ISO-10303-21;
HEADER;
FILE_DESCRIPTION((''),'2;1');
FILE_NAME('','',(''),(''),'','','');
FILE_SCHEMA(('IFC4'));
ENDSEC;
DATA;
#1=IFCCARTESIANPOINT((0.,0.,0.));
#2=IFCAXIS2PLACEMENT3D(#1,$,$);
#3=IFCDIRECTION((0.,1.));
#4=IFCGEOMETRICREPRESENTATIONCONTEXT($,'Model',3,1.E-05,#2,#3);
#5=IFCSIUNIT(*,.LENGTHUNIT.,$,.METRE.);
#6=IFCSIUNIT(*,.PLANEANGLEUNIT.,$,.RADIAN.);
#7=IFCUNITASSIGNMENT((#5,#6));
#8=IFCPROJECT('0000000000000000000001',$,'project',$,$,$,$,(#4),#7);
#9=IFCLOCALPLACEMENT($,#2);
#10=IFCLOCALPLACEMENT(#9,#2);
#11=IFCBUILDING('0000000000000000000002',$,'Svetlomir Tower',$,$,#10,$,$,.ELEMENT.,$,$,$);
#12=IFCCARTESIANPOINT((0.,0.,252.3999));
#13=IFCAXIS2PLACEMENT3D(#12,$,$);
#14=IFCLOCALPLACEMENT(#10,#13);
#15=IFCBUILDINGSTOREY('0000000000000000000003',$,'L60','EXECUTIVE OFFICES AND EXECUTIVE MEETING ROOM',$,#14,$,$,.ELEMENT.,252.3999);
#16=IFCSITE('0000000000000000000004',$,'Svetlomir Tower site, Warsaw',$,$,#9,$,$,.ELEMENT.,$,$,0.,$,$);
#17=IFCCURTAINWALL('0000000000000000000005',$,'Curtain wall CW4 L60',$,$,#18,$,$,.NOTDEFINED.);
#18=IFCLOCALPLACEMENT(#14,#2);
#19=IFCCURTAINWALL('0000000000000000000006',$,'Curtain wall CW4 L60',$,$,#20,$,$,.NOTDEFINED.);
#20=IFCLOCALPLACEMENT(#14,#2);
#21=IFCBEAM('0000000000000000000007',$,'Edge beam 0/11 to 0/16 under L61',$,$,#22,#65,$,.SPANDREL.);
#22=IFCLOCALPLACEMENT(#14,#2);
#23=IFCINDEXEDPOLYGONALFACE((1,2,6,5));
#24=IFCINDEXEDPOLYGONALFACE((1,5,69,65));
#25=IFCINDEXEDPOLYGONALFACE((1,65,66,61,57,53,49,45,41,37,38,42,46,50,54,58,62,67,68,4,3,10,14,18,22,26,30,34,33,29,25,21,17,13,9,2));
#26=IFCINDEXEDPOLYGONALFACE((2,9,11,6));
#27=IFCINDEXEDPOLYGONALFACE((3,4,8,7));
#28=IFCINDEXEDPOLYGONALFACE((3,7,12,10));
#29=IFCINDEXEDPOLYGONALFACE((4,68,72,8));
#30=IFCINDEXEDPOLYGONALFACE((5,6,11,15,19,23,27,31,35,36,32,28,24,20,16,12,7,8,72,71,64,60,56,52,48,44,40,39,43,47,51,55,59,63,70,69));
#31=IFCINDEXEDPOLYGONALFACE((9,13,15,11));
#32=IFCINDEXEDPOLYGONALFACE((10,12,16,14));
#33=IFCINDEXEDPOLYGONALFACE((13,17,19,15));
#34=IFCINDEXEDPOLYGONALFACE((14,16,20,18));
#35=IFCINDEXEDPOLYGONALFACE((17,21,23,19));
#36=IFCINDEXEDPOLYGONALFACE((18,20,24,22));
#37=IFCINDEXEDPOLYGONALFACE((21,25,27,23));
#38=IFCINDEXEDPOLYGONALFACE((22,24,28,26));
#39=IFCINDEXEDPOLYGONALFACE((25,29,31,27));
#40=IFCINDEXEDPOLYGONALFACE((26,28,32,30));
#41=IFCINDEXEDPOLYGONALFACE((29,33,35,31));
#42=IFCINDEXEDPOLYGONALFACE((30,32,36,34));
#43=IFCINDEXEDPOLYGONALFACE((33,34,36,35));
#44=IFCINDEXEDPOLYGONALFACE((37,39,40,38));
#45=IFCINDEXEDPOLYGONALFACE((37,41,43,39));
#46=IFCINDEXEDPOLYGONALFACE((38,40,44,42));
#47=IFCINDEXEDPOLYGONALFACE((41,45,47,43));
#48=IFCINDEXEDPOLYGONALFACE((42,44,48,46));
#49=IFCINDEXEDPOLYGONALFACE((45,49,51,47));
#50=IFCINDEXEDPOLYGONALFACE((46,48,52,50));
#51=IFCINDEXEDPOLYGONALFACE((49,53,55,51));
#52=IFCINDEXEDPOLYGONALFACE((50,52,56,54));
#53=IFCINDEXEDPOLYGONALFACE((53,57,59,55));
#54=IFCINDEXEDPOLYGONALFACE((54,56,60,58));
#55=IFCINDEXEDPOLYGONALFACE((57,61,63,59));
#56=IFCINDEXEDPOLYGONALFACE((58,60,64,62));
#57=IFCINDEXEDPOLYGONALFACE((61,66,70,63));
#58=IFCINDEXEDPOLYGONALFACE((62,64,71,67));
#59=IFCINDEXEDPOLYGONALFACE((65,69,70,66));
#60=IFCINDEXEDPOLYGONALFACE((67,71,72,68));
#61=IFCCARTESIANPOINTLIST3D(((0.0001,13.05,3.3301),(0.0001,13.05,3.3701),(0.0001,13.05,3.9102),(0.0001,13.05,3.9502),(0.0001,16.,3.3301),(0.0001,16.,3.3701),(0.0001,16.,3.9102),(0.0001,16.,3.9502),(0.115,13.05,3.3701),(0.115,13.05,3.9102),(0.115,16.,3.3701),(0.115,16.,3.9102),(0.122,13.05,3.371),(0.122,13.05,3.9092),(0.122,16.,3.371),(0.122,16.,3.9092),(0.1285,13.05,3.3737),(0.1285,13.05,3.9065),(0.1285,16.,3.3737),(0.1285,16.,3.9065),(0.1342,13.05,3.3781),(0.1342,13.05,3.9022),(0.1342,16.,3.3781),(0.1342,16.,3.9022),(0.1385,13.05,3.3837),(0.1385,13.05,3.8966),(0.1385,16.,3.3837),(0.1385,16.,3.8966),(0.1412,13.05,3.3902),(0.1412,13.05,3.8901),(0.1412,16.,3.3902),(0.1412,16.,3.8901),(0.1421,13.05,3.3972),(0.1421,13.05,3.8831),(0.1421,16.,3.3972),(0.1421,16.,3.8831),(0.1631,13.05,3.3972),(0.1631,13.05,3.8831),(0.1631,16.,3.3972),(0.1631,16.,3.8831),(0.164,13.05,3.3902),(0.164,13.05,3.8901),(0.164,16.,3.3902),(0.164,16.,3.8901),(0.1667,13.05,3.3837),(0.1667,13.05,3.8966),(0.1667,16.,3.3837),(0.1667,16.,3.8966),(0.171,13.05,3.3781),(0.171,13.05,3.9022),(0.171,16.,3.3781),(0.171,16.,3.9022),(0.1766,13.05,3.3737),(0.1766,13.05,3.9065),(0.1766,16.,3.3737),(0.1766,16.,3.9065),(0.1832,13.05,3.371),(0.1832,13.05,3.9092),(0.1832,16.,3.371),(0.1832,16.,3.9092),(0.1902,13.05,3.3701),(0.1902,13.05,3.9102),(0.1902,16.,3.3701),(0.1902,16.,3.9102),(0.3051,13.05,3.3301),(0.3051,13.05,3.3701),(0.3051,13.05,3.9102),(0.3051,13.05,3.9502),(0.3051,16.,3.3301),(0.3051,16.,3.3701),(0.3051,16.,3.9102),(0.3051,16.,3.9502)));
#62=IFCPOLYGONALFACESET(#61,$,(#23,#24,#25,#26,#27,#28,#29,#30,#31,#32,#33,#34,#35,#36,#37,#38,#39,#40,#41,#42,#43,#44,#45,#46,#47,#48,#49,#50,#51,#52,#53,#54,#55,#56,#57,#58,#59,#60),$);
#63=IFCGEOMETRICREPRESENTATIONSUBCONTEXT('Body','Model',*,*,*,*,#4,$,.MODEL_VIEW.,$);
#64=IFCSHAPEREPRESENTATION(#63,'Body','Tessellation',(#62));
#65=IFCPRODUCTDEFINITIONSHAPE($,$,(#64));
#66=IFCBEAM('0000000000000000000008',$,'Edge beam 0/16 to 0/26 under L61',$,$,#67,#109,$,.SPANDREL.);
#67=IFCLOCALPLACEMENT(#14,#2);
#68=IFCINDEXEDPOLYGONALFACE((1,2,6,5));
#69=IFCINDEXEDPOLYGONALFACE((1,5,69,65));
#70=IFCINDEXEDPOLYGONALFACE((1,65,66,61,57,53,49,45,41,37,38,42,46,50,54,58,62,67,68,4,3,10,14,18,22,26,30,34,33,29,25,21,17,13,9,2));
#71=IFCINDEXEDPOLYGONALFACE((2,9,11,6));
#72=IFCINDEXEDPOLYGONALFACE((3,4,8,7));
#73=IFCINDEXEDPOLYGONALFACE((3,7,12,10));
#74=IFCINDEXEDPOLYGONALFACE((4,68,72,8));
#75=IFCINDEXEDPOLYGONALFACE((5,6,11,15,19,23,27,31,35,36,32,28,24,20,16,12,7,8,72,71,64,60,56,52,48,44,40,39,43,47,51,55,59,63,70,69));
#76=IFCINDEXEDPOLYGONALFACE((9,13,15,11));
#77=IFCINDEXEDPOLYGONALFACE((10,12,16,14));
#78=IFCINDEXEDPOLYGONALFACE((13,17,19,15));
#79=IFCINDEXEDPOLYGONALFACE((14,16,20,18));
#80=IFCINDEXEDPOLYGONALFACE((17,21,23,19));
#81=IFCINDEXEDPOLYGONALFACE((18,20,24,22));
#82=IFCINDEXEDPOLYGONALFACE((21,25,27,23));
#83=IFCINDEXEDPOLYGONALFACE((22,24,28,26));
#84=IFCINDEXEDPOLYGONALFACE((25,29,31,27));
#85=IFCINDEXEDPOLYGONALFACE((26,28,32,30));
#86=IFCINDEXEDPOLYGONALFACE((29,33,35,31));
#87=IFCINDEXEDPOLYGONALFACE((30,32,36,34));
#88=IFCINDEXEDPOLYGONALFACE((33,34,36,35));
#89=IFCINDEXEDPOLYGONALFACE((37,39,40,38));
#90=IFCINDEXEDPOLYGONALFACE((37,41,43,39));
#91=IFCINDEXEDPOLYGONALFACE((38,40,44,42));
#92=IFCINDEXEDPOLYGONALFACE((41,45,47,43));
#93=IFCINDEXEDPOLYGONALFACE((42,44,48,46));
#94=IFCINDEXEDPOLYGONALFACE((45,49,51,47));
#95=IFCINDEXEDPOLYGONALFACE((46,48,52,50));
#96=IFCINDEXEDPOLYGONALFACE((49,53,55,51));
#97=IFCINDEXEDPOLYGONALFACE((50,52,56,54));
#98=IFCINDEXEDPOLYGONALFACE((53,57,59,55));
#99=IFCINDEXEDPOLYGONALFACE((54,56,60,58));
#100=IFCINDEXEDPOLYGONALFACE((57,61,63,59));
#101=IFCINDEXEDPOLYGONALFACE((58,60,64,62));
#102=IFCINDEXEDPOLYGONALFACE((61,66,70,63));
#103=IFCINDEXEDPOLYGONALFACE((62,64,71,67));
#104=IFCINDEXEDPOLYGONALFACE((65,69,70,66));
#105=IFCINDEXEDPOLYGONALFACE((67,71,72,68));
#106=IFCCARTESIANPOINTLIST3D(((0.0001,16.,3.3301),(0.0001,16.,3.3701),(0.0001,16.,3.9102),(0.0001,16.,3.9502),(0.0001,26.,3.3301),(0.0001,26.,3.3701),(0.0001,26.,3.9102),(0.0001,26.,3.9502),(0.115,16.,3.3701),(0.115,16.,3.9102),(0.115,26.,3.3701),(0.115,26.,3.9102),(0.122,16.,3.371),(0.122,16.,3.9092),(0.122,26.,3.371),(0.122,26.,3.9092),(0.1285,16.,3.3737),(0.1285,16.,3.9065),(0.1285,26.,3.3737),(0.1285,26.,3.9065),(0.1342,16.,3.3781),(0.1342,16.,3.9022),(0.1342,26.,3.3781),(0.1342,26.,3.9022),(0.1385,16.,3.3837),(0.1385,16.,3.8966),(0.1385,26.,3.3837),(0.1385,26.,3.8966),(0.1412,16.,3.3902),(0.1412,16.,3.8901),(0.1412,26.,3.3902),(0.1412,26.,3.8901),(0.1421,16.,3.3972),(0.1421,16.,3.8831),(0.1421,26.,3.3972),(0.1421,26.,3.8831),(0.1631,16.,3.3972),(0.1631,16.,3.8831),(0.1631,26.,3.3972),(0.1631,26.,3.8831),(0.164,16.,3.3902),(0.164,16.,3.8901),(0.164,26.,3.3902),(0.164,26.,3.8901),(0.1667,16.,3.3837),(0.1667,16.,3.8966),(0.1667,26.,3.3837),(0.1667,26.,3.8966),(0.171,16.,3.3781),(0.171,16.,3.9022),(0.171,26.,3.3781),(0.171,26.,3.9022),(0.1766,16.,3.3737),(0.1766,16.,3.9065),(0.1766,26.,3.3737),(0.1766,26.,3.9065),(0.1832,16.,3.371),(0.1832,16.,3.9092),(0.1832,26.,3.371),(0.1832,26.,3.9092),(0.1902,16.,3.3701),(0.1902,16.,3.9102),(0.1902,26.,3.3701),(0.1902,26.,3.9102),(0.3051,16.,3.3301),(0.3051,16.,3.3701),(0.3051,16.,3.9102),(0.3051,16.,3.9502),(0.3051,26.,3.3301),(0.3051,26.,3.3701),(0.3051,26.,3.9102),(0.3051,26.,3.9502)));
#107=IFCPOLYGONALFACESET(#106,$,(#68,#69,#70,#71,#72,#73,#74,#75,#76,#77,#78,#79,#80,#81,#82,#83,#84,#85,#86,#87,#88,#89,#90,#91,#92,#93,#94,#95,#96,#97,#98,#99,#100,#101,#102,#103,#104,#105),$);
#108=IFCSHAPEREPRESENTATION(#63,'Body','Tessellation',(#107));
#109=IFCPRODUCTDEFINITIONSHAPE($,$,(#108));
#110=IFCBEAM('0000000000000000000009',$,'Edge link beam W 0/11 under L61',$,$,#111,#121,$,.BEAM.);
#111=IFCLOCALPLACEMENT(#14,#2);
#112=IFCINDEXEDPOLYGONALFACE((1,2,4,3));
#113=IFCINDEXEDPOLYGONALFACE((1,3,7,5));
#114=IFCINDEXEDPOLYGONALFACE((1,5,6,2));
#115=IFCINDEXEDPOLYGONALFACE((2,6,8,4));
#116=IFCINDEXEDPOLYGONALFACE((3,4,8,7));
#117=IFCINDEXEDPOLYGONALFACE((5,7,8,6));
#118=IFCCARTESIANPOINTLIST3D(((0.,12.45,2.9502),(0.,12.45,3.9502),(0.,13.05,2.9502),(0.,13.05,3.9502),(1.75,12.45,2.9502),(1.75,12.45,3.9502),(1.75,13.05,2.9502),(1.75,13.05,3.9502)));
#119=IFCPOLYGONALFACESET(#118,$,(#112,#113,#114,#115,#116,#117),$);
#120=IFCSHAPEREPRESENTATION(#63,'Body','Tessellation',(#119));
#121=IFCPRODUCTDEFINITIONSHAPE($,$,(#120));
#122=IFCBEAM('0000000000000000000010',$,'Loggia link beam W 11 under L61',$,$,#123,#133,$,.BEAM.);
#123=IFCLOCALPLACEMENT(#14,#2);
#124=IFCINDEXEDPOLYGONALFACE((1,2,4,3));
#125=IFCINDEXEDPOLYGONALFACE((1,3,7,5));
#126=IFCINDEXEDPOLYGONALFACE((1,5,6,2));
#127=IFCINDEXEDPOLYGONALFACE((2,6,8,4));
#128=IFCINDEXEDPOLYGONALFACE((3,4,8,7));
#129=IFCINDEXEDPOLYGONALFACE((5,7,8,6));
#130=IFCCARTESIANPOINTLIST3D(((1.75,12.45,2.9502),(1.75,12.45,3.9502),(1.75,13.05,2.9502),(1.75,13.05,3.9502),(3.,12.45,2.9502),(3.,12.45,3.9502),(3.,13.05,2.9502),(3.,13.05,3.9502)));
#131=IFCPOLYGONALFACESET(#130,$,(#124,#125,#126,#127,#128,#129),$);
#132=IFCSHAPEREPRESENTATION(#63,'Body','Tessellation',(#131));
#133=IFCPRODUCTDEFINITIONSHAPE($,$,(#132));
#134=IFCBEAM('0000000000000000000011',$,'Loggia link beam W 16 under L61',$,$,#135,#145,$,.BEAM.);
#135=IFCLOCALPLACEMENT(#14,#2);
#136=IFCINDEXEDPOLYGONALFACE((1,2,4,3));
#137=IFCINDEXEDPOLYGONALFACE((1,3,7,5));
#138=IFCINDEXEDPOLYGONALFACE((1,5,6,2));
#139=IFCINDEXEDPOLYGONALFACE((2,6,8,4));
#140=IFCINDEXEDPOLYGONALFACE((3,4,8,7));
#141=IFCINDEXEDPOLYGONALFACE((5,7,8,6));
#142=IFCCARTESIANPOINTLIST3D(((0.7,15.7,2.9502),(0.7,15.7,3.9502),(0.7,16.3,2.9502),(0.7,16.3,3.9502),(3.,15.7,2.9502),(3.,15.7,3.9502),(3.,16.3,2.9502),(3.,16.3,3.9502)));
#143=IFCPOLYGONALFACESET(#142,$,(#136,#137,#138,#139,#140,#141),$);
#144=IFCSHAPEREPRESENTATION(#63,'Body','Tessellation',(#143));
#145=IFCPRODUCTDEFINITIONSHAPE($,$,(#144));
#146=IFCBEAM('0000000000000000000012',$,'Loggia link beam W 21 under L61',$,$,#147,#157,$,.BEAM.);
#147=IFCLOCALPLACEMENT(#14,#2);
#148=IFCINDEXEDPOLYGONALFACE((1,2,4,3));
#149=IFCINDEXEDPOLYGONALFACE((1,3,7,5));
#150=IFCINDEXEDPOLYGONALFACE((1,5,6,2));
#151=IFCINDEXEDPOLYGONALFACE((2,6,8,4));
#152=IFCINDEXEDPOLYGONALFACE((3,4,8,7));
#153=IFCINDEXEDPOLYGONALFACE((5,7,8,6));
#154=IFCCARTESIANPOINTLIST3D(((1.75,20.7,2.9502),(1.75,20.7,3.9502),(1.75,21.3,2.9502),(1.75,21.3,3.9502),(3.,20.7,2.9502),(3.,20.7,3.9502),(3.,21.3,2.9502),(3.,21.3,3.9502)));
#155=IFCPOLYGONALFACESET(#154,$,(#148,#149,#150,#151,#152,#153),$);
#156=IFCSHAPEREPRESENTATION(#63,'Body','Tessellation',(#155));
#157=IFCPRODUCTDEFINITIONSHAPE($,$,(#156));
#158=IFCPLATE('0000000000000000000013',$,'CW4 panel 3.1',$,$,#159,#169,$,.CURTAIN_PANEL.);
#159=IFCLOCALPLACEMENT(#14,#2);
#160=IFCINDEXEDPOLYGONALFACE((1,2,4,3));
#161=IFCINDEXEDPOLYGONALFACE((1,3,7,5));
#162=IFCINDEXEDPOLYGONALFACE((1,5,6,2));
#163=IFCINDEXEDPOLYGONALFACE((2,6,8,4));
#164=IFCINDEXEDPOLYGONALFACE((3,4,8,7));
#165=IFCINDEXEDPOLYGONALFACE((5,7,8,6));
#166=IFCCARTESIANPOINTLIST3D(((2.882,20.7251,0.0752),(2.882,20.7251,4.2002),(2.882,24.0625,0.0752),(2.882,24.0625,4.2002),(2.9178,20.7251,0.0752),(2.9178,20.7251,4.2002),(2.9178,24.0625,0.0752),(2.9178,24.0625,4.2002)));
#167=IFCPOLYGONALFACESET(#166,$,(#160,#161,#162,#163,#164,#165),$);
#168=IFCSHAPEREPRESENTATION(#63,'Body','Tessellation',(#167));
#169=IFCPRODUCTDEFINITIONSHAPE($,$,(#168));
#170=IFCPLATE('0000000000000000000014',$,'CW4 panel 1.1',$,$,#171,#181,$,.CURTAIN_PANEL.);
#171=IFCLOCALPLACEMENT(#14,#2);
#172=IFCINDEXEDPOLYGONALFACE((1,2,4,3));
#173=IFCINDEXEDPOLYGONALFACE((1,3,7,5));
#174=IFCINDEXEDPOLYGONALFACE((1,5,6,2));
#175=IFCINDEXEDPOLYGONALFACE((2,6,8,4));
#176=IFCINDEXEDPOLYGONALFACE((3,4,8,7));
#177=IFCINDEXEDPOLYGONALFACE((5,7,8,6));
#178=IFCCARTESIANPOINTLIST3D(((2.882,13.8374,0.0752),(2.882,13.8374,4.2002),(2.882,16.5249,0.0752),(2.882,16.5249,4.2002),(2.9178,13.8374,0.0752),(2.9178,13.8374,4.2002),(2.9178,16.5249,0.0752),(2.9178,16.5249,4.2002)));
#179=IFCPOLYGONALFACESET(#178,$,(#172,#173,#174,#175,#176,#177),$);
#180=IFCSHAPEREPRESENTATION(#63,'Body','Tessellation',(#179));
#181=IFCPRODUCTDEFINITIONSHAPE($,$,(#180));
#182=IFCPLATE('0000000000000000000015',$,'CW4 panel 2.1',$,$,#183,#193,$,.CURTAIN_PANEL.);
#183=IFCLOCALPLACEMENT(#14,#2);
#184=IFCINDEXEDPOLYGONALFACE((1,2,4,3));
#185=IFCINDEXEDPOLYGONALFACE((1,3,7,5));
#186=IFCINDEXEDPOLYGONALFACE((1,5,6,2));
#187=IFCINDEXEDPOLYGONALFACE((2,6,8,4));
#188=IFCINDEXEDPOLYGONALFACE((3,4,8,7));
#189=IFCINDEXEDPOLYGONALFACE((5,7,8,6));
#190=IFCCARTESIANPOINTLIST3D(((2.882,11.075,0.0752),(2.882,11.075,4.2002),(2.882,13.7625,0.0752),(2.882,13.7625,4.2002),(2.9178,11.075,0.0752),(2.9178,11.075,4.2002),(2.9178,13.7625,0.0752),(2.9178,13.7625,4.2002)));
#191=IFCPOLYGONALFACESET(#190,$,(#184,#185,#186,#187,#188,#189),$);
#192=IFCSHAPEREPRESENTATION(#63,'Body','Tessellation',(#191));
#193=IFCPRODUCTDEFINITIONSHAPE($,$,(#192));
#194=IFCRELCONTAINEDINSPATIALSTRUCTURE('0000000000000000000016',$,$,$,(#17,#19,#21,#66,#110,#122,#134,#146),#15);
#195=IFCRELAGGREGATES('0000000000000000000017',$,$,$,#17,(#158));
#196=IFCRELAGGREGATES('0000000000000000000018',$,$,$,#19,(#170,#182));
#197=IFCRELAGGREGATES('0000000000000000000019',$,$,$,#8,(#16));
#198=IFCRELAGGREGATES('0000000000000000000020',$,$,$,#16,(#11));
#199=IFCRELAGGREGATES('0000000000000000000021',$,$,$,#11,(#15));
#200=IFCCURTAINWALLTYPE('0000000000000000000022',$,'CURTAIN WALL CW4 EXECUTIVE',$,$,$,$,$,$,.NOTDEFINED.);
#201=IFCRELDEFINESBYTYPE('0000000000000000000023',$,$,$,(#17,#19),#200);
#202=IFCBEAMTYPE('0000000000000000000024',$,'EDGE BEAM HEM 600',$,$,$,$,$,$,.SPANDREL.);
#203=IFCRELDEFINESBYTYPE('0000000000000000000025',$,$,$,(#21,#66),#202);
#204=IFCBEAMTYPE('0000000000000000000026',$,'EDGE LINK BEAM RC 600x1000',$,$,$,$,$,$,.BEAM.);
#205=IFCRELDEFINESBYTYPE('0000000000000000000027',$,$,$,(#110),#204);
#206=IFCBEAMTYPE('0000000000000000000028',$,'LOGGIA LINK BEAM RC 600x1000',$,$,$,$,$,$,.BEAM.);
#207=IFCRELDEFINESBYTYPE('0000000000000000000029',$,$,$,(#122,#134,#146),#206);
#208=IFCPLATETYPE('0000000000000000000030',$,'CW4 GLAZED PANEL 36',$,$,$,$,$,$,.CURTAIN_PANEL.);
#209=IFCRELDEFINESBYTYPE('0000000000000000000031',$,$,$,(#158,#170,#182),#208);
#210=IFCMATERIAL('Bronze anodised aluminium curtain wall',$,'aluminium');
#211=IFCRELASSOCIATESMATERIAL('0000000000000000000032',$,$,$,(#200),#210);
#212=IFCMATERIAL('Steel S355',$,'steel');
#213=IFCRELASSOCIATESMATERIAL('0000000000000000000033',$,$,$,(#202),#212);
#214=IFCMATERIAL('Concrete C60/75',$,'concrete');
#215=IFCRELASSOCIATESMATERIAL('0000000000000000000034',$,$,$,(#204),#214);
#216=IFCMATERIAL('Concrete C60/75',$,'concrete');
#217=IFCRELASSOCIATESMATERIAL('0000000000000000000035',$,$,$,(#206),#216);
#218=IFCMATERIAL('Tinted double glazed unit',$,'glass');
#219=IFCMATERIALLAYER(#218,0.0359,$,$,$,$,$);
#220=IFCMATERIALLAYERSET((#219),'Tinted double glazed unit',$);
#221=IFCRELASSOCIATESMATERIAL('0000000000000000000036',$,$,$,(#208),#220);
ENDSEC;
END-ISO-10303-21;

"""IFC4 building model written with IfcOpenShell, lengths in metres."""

from ifc_helpers import new_model, si_unit, direction, frame, origin, origin_2d, place, context, subcontext, project, spatial, rectangle, i_section, extrude, material, layer, layer_set, material_profile, profile_set, type_object, element, aggregate, save


model = new_model("IFC4")

# Units and contexts
model_context = context("Model", 3, precision=1e-05, world=origin(), true_north=direction((0.0, 1.0)))
body_context = subcontext(model_context, "Body", "Model", "MODEL_VIEW")
ifc_project = project(units=[si_unit("LENGTHUNIT", "METRE"), si_unit("PLANEANGLEUNIT", "RADIAN")], contexts=[model_context])

# Site, building, storey
site_placement = place(None, origin())
site = spatial("IfcSite", under=ifc_project, at=site_placement, Name="Svetlomir Tower site, Warsaw", CompositionType="ELEMENT", RefElevation=0.0)
building_placement = place(site_placement, origin())
building = spatial("IfcBuilding", under=site, at=building_placement, Name="Svetlomir Tower", CompositionType="ELEMENT")
storey_placement = place(building_placement, frame((0.0, 0.0, 252.3999)))
storey = spatial("IfcBuildingStorey", under=building, at=storey_placement, Name="L60", Description="EXECUTIVE OFFICES AND EXECUTIVE MEETING ROOM", CompositionType="ELEMENT", Elevation=252.3999)

# Curtain walls
ifc_material_1 = material(Name="Bronze anodised aluminium curtain wall", Category="aluminium")
curtain_wall_type = type_object("IfcCurtainWallType", Name="CURTAIN WALL CW4 EXECUTIVE", PredefinedType="NOTDEFINED", material=ifc_material_1)
curtain_wall_1_placement = place(storey_placement, origin())
curtain_wall_1 = element("IfcCurtainWall", 1, at=curtain_wall_1_placement, inside=storey, type_object=curtain_wall_type, Name="Curtain wall CW4 L60", PredefinedType="NOTDEFINED")
curtain_wall_2_placement = place(storey_placement, origin())
curtain_wall_2 = element("IfcCurtainWall", 2, at=curtain_wall_2_placement, inside=storey, type_object=curtain_wall_type, Name="Curtain wall CW4 L60", PredefinedType="NOTDEFINED")

# Beams
ifc_material_2 = material(Name="Steel S355", Category="steel")
ifc_material_profile_1 = material_profile(ifc_material_2, i_section(OverallWidth=0.3049, OverallDepth=0.6201, WebThickness=0.021, FlangeThickness=0.04, FilletRadius=0.0271, at=origin_2d()), Name="HEM 600")
ifc_profile_set_1 = profile_set([ifc_material_profile_1], Name="Steel S355")
beam_type_1 = type_object("IfcBeamType", Name="EDGE BEAM HEM 600", PredefinedType="SPANDREL", material=ifc_profile_set_1)
beam_1_placement = place(storey_placement, frame((0.1526, 13.05, 3.6401), z_axis=(0.0, 1.0, 0.0), x_axis=(-1.0, 0.0, 0.0)))
element("IfcBeam", 3, at=beam_1_placement, inside=storey, type_object=beam_type_1, Name="Edge beam 0/11 to 0/16 under L61", PredefinedType="SPANDREL", context=body_context, shape_type="SweptSolid", body=[
    extrude(i_section(OverallWidth=0.3049, OverallDepth=0.6201, WebThickness=0.021, FlangeThickness=0.04, FilletRadius=0.0271, at=origin_2d()), origin(), (0.0, 0.0, 1.0), 2.95),
])
beam_2_placement = place(storey_placement, frame((0.1526, 16.0, 3.6401), z_axis=(0.0, 1.0, 0.0), x_axis=(-1.0, 0.0, 0.0)))
element("IfcBeam", 4, at=beam_2_placement, inside=storey, type_object=beam_type_1, Name="Edge beam 0/16 to 0/26 under L61", PredefinedType="SPANDREL", context=body_context, shape_type="SweptSolid", body=[
    extrude(i_section(OverallWidth=0.3049, OverallDepth=0.6201, WebThickness=0.021, FlangeThickness=0.04, FilletRadius=0.0271, at=origin_2d()), origin(), (0.0, 0.0, 1.0), 10.0),
])
ifc_material_3 = material(Name="Concrete C60/75", Category="concrete")
ifc_material_profile_2 = material_profile(ifc_material_3, rectangle(XDim=0.6001, YDim=1.0, at=origin_2d()), Name="RC 600x1000")
ifc_profile_set_2 = profile_set([ifc_material_profile_2], Name="Concrete C60/75")
beam_type_2 = type_object("IfcBeamType", Name="EDGE LINK BEAM RC 600x1000", PredefinedType="BEAM", material=ifc_profile_set_2)
beam_3_placement = place(storey_placement, frame((1.75, 12.75, 3.4502), z_axis=(-1.0, 0.0, 0.0), x_axis=(0.0, -1.0, 0.0)))
element("IfcBeam", 5, at=beam_3_placement, inside=storey, type_object=beam_type_2, Name="Edge link beam W 0/11 under L61", PredefinedType="BEAM", context=body_context, shape_type="SweptSolid", body=[
    extrude(rectangle(XDim=0.6001, YDim=1.0, at=origin_2d()), origin(), (0.0, 0.0, 1.0), 1.75),
])
ifc_material_4 = material(Name="Concrete C60/75", Category="concrete")
ifc_material_profile_3 = material_profile(ifc_material_4, rectangle(XDim=0.6001, YDim=1.0, at=origin_2d()), Name="RC 600x1000")
ifc_profile_set_3 = profile_set([ifc_material_profile_3], Name="Concrete C60/75")
beam_type_3 = type_object("IfcBeamType", Name="LOGGIA LINK BEAM RC 600x1000", PredefinedType="BEAM", material=ifc_profile_set_3)
beam_4_placement = place(storey_placement, frame((1.75, 12.75, 3.4502), z_axis=(1.0, 0.0, 0.0), x_axis=(0.0, 1.0, 0.0)))
element("IfcBeam", 6, at=beam_4_placement, inside=storey, type_object=beam_type_3, Name="Loggia link beam W 11 under L61", PredefinedType="BEAM", context=body_context, shape_type="SweptSolid", body=[
    extrude(rectangle(XDim=0.6001, YDim=1.0, at=origin_2d()), origin(), (0.0, 0.0, 1.0), 1.25),
])
beam_5_placement = place(storey_placement, frame((0.7, 16.0, 3.4502), z_axis=(1.0, 0.0, 0.0), x_axis=(0.0, 1.0, 0.0)))
element("IfcBeam", 7, at=beam_5_placement, inside=storey, type_object=beam_type_3, Name="Loggia link beam W 16 under L61", PredefinedType="BEAM", context=body_context, shape_type="SweptSolid", body=[
    extrude(rectangle(XDim=0.6001, YDim=1.0, at=origin_2d()), origin(), (0.0, 0.0, 1.0), 2.3),
])
beam_6_placement = place(storey_placement, frame((1.75, 21.0, 3.4502), z_axis=(1.0, 0.0, 0.0), x_axis=(0.0, 1.0, 0.0)))
element("IfcBeam", 8, at=beam_6_placement, inside=storey, type_object=beam_type_3, Name="Loggia link beam W 21 under L61", PredefinedType="BEAM", context=body_context, shape_type="SweptSolid", body=[
    extrude(rectangle(XDim=0.6001, YDim=1.0, at=origin_2d()), origin(), (0.0, 0.0, 1.0), 1.25),
])

# Plates
ifc_material_5 = material(Name="Tinted double glazed unit", Category="glass")
ifc_layer_1 = layer(ifc_material_5, 0.0359)
ifc_layer_set_1 = layer_set([ifc_layer_1], Name="Tinted double glazed unit")
plate_type = type_object("IfcPlateType", Name="CW4 GLAZED PANEL 36", PredefinedType="CURTAIN_PANEL", material=ifc_layer_set_1)
plate_1_placement = place(storey_placement, frame((2.8999, 22.3938, 0.0752), z_axis=(0.0, 0.0, 1.0), x_axis=(0.0, -1.0, 0.0)))
plate_1 = element("IfcPlate", 9, at=plate_1_placement, type_object=plate_type, Name="CW4 panel 3.1", PredefinedType="CURTAIN_PANEL", context=body_context, shape_type="SweptSolid", body=[
    extrude(rectangle(XDim=3.3374, YDim=0.0359, at=origin_2d()), origin(), (0.0, 0.0, 1.0), 4.125),
])
aggregate(curtain_wall_1, [plate_1])
plate_2_placement = place(storey_placement, frame((2.8999, 15.1812, 0.0752), z_axis=(0.0, 0.0, 1.0), x_axis=(0.0, -1.0, 0.0)))
plate_2 = element("IfcPlate", 10, at=plate_2_placement, type_object=plate_type, Name="CW4 panel 1.1", PredefinedType="CURTAIN_PANEL", context=body_context, shape_type="SweptSolid", body=[
    extrude(rectangle(XDim=2.6875, YDim=0.0359, at=origin_2d()), origin(), (0.0, 0.0, 1.0), 4.125),
])
plate_3_placement = place(storey_placement, frame((2.8999, 12.4187, 0.0752), z_axis=(0.0, 0.0, 1.0), x_axis=(0.0, -1.0, 0.0)))
plate_3 = element("IfcPlate", 11, at=plate_3_placement, type_object=plate_type, Name="CW4 panel 2.1", PredefinedType="CURTAIN_PANEL", context=body_context, shape_type="SweptSolid", body=[
    extrude(rectangle(XDim=2.6875, YDim=0.0359, at=origin_2d()), origin(), (0.0, 0.0, 1.0), 4.125),
])
aggregate(curtain_wall_2, [plate_2, plate_3])

save(model, "model.ifc")
